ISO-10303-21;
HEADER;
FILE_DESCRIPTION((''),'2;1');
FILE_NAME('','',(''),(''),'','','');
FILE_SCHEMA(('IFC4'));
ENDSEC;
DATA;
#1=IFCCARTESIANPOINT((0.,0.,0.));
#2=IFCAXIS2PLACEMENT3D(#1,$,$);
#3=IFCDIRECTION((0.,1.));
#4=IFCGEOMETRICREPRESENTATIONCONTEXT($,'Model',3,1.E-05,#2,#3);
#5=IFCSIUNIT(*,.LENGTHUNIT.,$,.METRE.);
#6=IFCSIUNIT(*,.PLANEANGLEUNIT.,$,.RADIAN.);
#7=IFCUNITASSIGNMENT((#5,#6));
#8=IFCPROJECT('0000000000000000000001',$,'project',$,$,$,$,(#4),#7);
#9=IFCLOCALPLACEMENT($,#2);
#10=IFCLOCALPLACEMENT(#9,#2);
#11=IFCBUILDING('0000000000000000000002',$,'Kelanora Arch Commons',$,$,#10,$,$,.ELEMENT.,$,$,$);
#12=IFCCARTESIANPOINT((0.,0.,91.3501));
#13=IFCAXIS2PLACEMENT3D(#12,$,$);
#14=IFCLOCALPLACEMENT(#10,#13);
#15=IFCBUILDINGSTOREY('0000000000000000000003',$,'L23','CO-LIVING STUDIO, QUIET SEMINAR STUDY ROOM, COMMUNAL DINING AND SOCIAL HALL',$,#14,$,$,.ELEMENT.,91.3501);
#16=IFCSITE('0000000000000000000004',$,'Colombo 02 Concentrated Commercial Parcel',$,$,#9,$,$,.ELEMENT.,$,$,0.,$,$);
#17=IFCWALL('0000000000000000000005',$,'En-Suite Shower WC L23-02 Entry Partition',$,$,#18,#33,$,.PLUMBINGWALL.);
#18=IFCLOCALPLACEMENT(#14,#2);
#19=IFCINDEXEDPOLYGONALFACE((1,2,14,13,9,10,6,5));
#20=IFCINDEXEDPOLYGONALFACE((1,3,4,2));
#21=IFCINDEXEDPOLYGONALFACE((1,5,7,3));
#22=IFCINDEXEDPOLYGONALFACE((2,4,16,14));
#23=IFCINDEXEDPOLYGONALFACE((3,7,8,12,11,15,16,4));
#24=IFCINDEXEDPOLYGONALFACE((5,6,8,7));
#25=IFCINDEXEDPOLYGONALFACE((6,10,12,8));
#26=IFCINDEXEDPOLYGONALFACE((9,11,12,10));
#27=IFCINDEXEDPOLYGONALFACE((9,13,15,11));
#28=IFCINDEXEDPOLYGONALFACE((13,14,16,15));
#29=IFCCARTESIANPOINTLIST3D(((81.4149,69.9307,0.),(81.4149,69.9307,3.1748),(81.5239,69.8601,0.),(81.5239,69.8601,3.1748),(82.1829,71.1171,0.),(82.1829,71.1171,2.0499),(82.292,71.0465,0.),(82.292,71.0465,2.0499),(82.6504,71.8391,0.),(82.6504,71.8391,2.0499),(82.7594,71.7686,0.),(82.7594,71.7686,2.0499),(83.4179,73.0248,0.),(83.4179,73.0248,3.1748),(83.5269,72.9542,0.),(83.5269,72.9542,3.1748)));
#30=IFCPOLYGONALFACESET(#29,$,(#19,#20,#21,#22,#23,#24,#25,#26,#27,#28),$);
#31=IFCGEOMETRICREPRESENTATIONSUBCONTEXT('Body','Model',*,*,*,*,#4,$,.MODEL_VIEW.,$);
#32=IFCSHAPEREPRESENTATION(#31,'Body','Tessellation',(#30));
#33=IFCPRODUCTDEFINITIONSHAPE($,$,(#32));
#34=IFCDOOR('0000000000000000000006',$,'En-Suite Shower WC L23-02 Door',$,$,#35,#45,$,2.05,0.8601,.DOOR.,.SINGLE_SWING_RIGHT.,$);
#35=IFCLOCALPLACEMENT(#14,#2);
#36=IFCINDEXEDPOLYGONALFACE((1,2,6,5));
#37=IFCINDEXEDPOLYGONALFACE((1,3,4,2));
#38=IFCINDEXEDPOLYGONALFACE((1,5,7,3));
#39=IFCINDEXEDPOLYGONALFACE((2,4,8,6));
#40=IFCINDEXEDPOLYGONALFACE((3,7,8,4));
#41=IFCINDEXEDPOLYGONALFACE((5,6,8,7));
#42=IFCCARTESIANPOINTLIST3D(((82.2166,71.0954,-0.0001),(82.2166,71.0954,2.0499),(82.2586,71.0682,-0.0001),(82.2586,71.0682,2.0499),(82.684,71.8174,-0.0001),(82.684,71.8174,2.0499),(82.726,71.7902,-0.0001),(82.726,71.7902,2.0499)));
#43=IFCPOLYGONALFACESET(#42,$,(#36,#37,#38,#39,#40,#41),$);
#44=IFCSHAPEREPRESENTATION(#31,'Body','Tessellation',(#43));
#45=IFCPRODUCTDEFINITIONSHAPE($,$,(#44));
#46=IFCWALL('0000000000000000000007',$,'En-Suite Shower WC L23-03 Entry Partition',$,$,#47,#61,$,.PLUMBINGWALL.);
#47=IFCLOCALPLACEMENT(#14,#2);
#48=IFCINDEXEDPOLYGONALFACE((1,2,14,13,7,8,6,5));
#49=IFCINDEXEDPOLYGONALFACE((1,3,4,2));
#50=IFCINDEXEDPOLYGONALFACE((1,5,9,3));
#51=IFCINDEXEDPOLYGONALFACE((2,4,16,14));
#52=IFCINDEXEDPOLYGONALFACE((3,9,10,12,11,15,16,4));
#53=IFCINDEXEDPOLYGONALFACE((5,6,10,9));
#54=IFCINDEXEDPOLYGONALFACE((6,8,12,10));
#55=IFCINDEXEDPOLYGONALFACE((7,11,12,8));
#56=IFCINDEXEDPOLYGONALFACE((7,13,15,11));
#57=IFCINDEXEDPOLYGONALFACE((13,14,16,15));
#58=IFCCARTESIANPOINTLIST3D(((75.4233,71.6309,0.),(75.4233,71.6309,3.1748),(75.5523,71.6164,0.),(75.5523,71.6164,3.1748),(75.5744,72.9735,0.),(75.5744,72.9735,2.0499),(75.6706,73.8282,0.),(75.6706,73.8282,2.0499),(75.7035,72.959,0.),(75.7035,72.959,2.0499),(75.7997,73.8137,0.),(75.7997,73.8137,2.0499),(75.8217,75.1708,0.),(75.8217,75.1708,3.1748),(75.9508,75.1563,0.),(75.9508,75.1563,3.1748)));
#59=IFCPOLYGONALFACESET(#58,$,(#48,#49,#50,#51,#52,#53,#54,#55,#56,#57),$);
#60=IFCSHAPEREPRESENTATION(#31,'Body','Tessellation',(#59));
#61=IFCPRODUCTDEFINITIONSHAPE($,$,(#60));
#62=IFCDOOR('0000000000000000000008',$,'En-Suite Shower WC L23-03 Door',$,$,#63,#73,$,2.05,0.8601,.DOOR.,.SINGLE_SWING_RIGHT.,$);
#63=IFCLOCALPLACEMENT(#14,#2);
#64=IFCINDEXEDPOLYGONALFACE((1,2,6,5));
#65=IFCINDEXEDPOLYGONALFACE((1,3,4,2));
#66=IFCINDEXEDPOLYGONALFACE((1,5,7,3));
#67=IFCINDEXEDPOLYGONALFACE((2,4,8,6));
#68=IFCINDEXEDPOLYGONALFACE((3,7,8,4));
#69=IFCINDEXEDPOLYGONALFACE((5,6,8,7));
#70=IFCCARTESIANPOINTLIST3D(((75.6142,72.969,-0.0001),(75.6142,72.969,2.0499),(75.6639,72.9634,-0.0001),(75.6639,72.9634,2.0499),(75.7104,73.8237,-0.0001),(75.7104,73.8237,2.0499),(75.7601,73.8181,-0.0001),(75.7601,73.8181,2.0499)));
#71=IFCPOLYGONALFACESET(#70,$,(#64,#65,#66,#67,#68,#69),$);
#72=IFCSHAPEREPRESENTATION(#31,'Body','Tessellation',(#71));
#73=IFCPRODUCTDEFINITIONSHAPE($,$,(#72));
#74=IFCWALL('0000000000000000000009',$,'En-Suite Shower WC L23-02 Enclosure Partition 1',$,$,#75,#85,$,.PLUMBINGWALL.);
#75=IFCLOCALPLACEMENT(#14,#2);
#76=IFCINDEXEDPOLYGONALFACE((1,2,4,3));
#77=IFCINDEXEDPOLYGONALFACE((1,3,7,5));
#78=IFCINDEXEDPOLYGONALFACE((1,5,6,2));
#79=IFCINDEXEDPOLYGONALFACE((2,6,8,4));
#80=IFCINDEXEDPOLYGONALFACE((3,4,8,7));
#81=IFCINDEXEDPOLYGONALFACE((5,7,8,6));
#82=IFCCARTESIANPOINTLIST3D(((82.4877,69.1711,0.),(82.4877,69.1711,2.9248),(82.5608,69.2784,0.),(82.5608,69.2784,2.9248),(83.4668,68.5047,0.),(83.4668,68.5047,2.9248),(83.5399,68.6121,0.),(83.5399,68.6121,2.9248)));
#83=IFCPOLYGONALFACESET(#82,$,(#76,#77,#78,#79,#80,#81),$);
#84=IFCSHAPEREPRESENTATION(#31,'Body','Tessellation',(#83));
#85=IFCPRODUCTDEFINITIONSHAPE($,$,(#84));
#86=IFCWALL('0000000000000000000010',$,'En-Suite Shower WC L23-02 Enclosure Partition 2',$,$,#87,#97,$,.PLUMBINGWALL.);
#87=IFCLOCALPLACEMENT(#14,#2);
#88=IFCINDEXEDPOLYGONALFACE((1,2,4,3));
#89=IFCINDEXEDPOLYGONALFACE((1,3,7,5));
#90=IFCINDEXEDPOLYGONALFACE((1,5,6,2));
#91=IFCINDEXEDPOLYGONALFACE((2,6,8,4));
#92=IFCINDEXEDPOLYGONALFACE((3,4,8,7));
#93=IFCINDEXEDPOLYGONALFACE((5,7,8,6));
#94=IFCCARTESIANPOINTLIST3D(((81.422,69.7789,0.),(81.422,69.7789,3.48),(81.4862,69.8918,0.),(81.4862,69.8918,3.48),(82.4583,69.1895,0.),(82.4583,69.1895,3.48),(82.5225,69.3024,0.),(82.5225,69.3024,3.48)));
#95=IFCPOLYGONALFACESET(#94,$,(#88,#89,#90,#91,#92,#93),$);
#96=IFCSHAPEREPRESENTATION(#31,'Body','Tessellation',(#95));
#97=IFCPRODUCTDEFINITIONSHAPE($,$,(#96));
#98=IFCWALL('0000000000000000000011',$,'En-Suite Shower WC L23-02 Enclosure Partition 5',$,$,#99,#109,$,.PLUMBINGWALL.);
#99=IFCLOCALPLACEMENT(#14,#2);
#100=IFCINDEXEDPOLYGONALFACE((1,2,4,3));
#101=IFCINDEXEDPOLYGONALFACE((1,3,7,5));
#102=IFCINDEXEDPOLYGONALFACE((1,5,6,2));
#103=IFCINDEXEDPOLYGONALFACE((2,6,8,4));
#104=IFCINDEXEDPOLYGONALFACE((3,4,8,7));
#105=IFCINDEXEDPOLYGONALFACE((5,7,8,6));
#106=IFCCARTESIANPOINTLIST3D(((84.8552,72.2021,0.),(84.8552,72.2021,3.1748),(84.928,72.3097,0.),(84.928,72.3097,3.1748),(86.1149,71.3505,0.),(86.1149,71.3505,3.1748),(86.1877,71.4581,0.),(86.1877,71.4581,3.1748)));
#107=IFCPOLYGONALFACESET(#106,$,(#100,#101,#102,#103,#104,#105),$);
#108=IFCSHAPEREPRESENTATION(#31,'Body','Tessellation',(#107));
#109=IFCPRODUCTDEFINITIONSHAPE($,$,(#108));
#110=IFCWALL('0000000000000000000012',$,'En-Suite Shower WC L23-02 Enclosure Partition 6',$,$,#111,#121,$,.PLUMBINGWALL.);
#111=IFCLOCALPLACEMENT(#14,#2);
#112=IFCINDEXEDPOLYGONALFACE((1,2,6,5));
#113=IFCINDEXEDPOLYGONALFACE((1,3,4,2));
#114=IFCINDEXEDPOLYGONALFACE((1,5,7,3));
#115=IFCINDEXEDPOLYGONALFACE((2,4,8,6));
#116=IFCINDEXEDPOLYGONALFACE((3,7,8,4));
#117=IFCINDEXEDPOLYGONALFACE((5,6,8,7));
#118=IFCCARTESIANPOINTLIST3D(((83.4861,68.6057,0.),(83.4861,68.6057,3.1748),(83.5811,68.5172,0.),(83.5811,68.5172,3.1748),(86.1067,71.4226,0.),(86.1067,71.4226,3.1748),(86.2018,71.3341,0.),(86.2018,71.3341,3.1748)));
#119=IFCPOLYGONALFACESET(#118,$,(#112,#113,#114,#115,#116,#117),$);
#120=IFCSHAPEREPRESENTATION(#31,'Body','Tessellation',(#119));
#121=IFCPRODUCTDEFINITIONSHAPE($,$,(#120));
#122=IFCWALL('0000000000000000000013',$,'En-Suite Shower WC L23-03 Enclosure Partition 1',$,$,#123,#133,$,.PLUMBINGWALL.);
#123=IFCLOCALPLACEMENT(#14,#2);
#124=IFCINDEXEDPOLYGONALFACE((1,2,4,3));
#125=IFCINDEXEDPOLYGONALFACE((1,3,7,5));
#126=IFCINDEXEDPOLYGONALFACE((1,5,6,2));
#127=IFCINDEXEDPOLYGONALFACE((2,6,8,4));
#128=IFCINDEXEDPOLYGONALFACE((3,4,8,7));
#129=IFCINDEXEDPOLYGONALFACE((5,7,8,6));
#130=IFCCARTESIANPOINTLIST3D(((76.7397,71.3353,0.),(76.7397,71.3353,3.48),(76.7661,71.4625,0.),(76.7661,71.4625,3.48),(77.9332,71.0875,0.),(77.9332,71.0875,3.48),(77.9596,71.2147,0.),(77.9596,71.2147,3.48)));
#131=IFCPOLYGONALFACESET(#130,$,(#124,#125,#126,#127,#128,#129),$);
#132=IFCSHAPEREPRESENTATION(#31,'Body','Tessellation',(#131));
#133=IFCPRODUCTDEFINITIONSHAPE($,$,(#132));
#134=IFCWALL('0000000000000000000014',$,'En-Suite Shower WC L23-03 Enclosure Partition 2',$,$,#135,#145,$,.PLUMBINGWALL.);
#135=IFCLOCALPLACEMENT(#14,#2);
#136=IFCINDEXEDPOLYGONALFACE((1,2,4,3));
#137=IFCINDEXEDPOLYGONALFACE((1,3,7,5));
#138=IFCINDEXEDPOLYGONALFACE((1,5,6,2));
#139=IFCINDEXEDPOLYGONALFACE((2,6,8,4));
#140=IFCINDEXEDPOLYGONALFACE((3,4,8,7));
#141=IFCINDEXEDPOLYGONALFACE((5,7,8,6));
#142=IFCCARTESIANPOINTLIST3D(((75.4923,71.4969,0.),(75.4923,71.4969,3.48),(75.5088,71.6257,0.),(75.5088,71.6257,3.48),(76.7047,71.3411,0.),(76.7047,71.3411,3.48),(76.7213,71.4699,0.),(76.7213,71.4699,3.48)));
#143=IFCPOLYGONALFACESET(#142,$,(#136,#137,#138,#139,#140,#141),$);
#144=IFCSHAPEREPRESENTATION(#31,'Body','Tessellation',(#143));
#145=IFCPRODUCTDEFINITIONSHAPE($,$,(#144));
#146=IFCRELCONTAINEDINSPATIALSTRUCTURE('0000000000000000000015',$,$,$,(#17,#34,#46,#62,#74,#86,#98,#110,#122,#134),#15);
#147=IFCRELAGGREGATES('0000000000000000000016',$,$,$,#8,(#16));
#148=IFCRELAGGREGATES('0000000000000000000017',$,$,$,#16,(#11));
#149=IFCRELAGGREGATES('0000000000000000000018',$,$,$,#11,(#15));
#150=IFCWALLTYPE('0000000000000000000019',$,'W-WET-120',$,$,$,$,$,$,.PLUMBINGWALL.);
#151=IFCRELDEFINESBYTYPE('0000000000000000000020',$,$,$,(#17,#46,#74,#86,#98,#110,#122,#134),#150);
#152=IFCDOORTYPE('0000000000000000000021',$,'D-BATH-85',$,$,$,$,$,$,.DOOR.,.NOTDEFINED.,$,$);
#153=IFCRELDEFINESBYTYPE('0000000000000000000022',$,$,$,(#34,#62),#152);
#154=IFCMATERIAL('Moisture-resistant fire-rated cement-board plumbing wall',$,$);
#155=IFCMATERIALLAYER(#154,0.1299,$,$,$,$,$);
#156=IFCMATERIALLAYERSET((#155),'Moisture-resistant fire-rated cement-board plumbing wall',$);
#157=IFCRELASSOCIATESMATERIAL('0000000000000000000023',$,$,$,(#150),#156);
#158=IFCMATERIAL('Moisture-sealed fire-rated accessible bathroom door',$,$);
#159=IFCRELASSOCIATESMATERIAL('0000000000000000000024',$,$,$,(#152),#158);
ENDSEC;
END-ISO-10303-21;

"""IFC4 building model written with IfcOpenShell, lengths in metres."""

from ifc_helpers import new_model, si_unit, direction, frame, frame_2d, origin, place, context, subcontext, project, spatial, rectangle, extrude, material, layer, layer_set, type_object, element, fill, save


model = new_model("IFC4")

# Units and contexts
model_context = context("Model", 3, precision=1e-05, world=origin(), true_north=direction((0.0, 1.0)))
body_context = subcontext(model_context, "Body", "Model", "MODEL_VIEW")
ifc_project = project(units=[si_unit("LENGTHUNIT", "METRE"), si_unit("PLANEANGLEUNIT", "RADIAN")], contexts=[model_context])

# Site, building, storey
site_placement = place(None, origin())
site = spatial("IfcSite", under=ifc_project, at=site_placement, Name="Colombo 02 Concentrated Commercial Parcel", CompositionType="ELEMENT", RefElevation=0.0)
building_placement = place(site_placement, origin())
building = spatial("IfcBuilding", under=site, at=building_placement, Name="Kelanora Arch Commons", CompositionType="ELEMENT")
storey_placement = place(building_placement, frame((0.0, 0.0, 91.3501)))
storey = spatial("IfcBuildingStorey", under=building, at=storey_placement, Name="L23", Description="CO-LIVING STUDIO, QUIET SEMINAR STUDY ROOM, COMMUNAL DINING AND SOCIAL HALL", CompositionType="ELEMENT", Elevation=91.3501)

# Walls, openings, doors
ifc_material_1 = material(Name="Moisture-resistant fire-rated cement-board plumbing wall")
ifc_layer_1 = layer(ifc_material_1, 0.1299)
ifc_layer_set_1 = layer_set([ifc_layer_1], Name="Moisture-resistant fire-rated cement-board plumbing wall")
wall_type_1 = type_object("IfcWallType", Name="W-WET-120", PredefinedType="PLUMBINGWALL", material=ifc_layer_set_1)
wall_1_placement = place(storey_placement, frame((81.4695, 69.8955, 0.0), z_axis=(0.0, 0.0, 1.0), x_axis=(0.54343, 0.839455, 0.0)))
wall_1 = element("IfcWall", 1, at=wall_1_placement, inside=storey, type_object=wall_type_1, Name="En-Suite Shower WC L23-02 Entry Partition", PredefinedType="PLUMBINGWALL", context=body_context, shape_type="SweptSolid", body=[
    extrude(rectangle(XDim=3.6858, YDim=0.1299, at=frame_2d((1.8428, 0.0))), origin(), (0.0, 0.0, 1.0), 3.1748),
])
opening_1_placement = place(wall_1_placement, frame((1.4131, 0.0, 0.0)))
opening_1 = element("IfcOpeningElement", 2, at=opening_1_placement, cuts=wall_1, PredefinedType="OPENING", context=body_context, shape_type="SweptSolid", body=[
    extrude(rectangle(XDim=0.8601, YDim=2.05, at=frame_2d((0.4302, 1.0249))), frame((0.0, 0.075, 0.0), z_axis=(0.0, -1.0, 0.0), x_axis=(1.0, 0.0, 0.0)), (0.0, 0.0, 1.0), 0.1499),
])
ifc_material_2 = material(Name="Moisture-sealed fire-rated accessible bathroom door")
door_type_1 = type_object("IfcDoorType", Name="D-BATH-85", OperationType="NOTDEFINED", PredefinedType="DOOR", material=ifc_material_2)
door_1_placement = place(opening_1_placement, origin())
door_1 = element("IfcDoor", 3, at=door_1_placement, inside=storey, type_object=door_type_1, Name="En-Suite Shower WC L23-02 Door", OperationType="SINGLE_SWING_RIGHT", OverallHeight=2.05, OverallWidth=0.8601, PredefinedType="DOOR", context=body_context, shape_type="SweptSolid", body=[
    extrude(rectangle(XDim=0.8601, YDim=2.05, at=frame_2d((0.4302, 1.0249))), frame((0.0, 0.0249, 0.0), z_axis=(0.0, -1.0, 0.0), x_axis=(1.0, 0.0, 0.0)), (0.0, 0.0, 1.0), 0.05),
])
fill(opening_1, door_1)
wall_2_placement = place(storey_placement, frame((75.4878, 71.6235, 0.0), z_axis=(0.0, 0.0, 1.0), x_axis=(0.111853, 0.993725, 0.0)))
wall_2 = element("IfcWall", 4, at=wall_2_placement, inside=storey, type_object=wall_type_1, Name="En-Suite Shower WC L23-03 Entry Partition", PredefinedType="PLUMBINGWALL", context=body_context, shape_type="SweptSolid", body=[
    extrude(rectangle(XDim=3.5623, YDim=0.1299, at=frame_2d((1.7812, 0.0))), origin(), (0.0, 0.0, 1.0), 3.1748),
])
opening_2_placement = place(wall_2_placement, frame((1.3511, 0.0, 0.0)))
opening_2 = element("IfcOpeningElement", 5, at=opening_2_placement, cuts=wall_2, PredefinedType="OPENING", context=body_context, shape_type="SweptSolid", body=[
    extrude(rectangle(XDim=0.8601, YDim=2.05, at=frame_2d((0.4302, 1.0249))), frame((0.0, 0.075, 0.0), z_axis=(0.0, -1.0, 0.0), x_axis=(1.0, 0.0, 0.0)), (0.0, 0.0, 1.0), 0.1499),
])
door_2_placement = place(opening_2_placement, origin())
door_2 = element("IfcDoor", 6, at=door_2_placement, inside=storey, type_object=door_type_1, Name="En-Suite Shower WC L23-03 Door", OperationType="SINGLE_SWING_RIGHT", OverallHeight=2.05, OverallWidth=0.8601, PredefinedType="DOOR", context=body_context, shape_type="SweptSolid", body=[
    extrude(rectangle(XDim=0.8601, YDim=2.05, at=frame_2d((0.4302, 1.0249))), frame((0.0, 0.0249, 0.0), z_axis=(0.0, -1.0, 0.0), x_axis=(1.0, 0.0, 0.0)), (0.0, 0.0, 1.0), 0.05),
])
fill(opening_2, door_2)

# Walls
wall_3_placement = place(storey_placement, frame((83.5034, 68.5583, 0.0), z_axis=(0.0, 0.0, 1.0), x_axis=(-0.826716, 0.56262, 0.0)))
element("IfcWall", 7, at=wall_3_placement, inside=storey, type_object=wall_type_1, Name="En-Suite Shower WC L23-02 Enclosure Partition 1", PredefinedType="PLUMBINGWALL", context=body_context, shape_type="SweptSolid", body=[
    extrude(rectangle(XDim=1.1843, YDim=0.1299, at=frame_2d((0.5923, 0.0))), origin(), (0.0, 0.0, 1.0), 2.9248),
])
wall_4_placement = place(storey_placement, frame((82.4905, 69.2458, 0.0), z_axis=(0.0, 0.0, 1.0), x_axis=(-0.869225, 0.494418, 0.0)))
element("IfcWall", 8, at=wall_4_placement, inside=storey, type_object=wall_type_1, Name="En-Suite Shower WC L23-02 Enclosure Partition 2", PredefinedType="PLUMBINGWALL", context=body_context, shape_type="SweptSolid", body=[
    extrude(rectangle(XDim=1.1921, YDim=0.1299, at=frame_2d((0.5962, 0.0))), origin(), (0.0, 0.0, 1.0), 3.48),
])
wall_5_placement = place(storey_placement, frame((84.8916, 72.2559, 0.0), z_axis=(0.0, 0.0, 1.0), x_axis=(0.828476, -0.560024, 0.0)))
element("IfcWall", 9, at=wall_5_placement, inside=storey, type_object=wall_type_1, Name="En-Suite Shower WC L23-02 Enclosure Partition 5", PredefinedType="PLUMBINGWALL", context=body_context, shape_type="SweptSolid", body=[
    extrude(rectangle(XDim=1.5205, YDim=0.1299, at=frame_2d((0.7603, 0.0))), origin(), (0.0, 0.0, 1.0), 3.1748),
])
wall_6_placement = place(storey_placement, frame((86.1543, 71.3784, 0.0), z_axis=(0.0, 0.0, 1.0), x_axis=(-0.681137, -0.732156, 0.0)))
element("IfcWall", 10, at=wall_6_placement, inside=storey, type_object=wall_type_1, Name="En-Suite Shower WC L23-02 Enclosure Partition 6", PredefinedType="PLUMBINGWALL", context=body_context, shape_type="SweptSolid", body=[
    extrude(rectangle(XDim=3.8474, YDim=0.1299, at=frame_2d((1.9238, 0.0))), origin(), (0.0, 0.0, 1.0), 3.1748),
])
wall_7_placement = place(storey_placement, frame((77.9463, 71.1511, 0.0), z_axis=(0.0, 0.0, 1.0), x_axis=(-0.979122, 0.203274, 0.0)))
element("IfcWall", 11, at=wall_7_placement, inside=storey, type_object=wall_type_1, Name="En-Suite Shower WC L23-03 Enclosure Partition 1", PredefinedType="PLUMBINGWALL", context=body_context, shape_type="SweptSolid", body=[
    extrude(rectangle(XDim=1.219, YDim=0.1299, at=frame_2d((0.6094, 0.0))), origin(), (0.0, 0.0, 1.0), 3.48),
])
wall_8_placement = place(storey_placement, frame((76.7131, 71.4055, 0.0), z_axis=(0.0, 0.0, 1.0), x_axis=(-0.991848, 0.127426, 0.0)))
element("IfcWall", 12, at=wall_8_placement, inside=storey, type_object=wall_type_1, Name="En-Suite Shower WC L23-03 Enclosure Partition 2", PredefinedType="PLUMBINGWALL", context=body_context, shape_type="SweptSolid", body=[
    extrude(rectangle(XDim=1.2224, YDim=0.1299, at=frame_2d((0.6113, 0.0))), origin(), (0.0, 0.0, 1.0), 3.48),
])

save(model, "model.ifc")
